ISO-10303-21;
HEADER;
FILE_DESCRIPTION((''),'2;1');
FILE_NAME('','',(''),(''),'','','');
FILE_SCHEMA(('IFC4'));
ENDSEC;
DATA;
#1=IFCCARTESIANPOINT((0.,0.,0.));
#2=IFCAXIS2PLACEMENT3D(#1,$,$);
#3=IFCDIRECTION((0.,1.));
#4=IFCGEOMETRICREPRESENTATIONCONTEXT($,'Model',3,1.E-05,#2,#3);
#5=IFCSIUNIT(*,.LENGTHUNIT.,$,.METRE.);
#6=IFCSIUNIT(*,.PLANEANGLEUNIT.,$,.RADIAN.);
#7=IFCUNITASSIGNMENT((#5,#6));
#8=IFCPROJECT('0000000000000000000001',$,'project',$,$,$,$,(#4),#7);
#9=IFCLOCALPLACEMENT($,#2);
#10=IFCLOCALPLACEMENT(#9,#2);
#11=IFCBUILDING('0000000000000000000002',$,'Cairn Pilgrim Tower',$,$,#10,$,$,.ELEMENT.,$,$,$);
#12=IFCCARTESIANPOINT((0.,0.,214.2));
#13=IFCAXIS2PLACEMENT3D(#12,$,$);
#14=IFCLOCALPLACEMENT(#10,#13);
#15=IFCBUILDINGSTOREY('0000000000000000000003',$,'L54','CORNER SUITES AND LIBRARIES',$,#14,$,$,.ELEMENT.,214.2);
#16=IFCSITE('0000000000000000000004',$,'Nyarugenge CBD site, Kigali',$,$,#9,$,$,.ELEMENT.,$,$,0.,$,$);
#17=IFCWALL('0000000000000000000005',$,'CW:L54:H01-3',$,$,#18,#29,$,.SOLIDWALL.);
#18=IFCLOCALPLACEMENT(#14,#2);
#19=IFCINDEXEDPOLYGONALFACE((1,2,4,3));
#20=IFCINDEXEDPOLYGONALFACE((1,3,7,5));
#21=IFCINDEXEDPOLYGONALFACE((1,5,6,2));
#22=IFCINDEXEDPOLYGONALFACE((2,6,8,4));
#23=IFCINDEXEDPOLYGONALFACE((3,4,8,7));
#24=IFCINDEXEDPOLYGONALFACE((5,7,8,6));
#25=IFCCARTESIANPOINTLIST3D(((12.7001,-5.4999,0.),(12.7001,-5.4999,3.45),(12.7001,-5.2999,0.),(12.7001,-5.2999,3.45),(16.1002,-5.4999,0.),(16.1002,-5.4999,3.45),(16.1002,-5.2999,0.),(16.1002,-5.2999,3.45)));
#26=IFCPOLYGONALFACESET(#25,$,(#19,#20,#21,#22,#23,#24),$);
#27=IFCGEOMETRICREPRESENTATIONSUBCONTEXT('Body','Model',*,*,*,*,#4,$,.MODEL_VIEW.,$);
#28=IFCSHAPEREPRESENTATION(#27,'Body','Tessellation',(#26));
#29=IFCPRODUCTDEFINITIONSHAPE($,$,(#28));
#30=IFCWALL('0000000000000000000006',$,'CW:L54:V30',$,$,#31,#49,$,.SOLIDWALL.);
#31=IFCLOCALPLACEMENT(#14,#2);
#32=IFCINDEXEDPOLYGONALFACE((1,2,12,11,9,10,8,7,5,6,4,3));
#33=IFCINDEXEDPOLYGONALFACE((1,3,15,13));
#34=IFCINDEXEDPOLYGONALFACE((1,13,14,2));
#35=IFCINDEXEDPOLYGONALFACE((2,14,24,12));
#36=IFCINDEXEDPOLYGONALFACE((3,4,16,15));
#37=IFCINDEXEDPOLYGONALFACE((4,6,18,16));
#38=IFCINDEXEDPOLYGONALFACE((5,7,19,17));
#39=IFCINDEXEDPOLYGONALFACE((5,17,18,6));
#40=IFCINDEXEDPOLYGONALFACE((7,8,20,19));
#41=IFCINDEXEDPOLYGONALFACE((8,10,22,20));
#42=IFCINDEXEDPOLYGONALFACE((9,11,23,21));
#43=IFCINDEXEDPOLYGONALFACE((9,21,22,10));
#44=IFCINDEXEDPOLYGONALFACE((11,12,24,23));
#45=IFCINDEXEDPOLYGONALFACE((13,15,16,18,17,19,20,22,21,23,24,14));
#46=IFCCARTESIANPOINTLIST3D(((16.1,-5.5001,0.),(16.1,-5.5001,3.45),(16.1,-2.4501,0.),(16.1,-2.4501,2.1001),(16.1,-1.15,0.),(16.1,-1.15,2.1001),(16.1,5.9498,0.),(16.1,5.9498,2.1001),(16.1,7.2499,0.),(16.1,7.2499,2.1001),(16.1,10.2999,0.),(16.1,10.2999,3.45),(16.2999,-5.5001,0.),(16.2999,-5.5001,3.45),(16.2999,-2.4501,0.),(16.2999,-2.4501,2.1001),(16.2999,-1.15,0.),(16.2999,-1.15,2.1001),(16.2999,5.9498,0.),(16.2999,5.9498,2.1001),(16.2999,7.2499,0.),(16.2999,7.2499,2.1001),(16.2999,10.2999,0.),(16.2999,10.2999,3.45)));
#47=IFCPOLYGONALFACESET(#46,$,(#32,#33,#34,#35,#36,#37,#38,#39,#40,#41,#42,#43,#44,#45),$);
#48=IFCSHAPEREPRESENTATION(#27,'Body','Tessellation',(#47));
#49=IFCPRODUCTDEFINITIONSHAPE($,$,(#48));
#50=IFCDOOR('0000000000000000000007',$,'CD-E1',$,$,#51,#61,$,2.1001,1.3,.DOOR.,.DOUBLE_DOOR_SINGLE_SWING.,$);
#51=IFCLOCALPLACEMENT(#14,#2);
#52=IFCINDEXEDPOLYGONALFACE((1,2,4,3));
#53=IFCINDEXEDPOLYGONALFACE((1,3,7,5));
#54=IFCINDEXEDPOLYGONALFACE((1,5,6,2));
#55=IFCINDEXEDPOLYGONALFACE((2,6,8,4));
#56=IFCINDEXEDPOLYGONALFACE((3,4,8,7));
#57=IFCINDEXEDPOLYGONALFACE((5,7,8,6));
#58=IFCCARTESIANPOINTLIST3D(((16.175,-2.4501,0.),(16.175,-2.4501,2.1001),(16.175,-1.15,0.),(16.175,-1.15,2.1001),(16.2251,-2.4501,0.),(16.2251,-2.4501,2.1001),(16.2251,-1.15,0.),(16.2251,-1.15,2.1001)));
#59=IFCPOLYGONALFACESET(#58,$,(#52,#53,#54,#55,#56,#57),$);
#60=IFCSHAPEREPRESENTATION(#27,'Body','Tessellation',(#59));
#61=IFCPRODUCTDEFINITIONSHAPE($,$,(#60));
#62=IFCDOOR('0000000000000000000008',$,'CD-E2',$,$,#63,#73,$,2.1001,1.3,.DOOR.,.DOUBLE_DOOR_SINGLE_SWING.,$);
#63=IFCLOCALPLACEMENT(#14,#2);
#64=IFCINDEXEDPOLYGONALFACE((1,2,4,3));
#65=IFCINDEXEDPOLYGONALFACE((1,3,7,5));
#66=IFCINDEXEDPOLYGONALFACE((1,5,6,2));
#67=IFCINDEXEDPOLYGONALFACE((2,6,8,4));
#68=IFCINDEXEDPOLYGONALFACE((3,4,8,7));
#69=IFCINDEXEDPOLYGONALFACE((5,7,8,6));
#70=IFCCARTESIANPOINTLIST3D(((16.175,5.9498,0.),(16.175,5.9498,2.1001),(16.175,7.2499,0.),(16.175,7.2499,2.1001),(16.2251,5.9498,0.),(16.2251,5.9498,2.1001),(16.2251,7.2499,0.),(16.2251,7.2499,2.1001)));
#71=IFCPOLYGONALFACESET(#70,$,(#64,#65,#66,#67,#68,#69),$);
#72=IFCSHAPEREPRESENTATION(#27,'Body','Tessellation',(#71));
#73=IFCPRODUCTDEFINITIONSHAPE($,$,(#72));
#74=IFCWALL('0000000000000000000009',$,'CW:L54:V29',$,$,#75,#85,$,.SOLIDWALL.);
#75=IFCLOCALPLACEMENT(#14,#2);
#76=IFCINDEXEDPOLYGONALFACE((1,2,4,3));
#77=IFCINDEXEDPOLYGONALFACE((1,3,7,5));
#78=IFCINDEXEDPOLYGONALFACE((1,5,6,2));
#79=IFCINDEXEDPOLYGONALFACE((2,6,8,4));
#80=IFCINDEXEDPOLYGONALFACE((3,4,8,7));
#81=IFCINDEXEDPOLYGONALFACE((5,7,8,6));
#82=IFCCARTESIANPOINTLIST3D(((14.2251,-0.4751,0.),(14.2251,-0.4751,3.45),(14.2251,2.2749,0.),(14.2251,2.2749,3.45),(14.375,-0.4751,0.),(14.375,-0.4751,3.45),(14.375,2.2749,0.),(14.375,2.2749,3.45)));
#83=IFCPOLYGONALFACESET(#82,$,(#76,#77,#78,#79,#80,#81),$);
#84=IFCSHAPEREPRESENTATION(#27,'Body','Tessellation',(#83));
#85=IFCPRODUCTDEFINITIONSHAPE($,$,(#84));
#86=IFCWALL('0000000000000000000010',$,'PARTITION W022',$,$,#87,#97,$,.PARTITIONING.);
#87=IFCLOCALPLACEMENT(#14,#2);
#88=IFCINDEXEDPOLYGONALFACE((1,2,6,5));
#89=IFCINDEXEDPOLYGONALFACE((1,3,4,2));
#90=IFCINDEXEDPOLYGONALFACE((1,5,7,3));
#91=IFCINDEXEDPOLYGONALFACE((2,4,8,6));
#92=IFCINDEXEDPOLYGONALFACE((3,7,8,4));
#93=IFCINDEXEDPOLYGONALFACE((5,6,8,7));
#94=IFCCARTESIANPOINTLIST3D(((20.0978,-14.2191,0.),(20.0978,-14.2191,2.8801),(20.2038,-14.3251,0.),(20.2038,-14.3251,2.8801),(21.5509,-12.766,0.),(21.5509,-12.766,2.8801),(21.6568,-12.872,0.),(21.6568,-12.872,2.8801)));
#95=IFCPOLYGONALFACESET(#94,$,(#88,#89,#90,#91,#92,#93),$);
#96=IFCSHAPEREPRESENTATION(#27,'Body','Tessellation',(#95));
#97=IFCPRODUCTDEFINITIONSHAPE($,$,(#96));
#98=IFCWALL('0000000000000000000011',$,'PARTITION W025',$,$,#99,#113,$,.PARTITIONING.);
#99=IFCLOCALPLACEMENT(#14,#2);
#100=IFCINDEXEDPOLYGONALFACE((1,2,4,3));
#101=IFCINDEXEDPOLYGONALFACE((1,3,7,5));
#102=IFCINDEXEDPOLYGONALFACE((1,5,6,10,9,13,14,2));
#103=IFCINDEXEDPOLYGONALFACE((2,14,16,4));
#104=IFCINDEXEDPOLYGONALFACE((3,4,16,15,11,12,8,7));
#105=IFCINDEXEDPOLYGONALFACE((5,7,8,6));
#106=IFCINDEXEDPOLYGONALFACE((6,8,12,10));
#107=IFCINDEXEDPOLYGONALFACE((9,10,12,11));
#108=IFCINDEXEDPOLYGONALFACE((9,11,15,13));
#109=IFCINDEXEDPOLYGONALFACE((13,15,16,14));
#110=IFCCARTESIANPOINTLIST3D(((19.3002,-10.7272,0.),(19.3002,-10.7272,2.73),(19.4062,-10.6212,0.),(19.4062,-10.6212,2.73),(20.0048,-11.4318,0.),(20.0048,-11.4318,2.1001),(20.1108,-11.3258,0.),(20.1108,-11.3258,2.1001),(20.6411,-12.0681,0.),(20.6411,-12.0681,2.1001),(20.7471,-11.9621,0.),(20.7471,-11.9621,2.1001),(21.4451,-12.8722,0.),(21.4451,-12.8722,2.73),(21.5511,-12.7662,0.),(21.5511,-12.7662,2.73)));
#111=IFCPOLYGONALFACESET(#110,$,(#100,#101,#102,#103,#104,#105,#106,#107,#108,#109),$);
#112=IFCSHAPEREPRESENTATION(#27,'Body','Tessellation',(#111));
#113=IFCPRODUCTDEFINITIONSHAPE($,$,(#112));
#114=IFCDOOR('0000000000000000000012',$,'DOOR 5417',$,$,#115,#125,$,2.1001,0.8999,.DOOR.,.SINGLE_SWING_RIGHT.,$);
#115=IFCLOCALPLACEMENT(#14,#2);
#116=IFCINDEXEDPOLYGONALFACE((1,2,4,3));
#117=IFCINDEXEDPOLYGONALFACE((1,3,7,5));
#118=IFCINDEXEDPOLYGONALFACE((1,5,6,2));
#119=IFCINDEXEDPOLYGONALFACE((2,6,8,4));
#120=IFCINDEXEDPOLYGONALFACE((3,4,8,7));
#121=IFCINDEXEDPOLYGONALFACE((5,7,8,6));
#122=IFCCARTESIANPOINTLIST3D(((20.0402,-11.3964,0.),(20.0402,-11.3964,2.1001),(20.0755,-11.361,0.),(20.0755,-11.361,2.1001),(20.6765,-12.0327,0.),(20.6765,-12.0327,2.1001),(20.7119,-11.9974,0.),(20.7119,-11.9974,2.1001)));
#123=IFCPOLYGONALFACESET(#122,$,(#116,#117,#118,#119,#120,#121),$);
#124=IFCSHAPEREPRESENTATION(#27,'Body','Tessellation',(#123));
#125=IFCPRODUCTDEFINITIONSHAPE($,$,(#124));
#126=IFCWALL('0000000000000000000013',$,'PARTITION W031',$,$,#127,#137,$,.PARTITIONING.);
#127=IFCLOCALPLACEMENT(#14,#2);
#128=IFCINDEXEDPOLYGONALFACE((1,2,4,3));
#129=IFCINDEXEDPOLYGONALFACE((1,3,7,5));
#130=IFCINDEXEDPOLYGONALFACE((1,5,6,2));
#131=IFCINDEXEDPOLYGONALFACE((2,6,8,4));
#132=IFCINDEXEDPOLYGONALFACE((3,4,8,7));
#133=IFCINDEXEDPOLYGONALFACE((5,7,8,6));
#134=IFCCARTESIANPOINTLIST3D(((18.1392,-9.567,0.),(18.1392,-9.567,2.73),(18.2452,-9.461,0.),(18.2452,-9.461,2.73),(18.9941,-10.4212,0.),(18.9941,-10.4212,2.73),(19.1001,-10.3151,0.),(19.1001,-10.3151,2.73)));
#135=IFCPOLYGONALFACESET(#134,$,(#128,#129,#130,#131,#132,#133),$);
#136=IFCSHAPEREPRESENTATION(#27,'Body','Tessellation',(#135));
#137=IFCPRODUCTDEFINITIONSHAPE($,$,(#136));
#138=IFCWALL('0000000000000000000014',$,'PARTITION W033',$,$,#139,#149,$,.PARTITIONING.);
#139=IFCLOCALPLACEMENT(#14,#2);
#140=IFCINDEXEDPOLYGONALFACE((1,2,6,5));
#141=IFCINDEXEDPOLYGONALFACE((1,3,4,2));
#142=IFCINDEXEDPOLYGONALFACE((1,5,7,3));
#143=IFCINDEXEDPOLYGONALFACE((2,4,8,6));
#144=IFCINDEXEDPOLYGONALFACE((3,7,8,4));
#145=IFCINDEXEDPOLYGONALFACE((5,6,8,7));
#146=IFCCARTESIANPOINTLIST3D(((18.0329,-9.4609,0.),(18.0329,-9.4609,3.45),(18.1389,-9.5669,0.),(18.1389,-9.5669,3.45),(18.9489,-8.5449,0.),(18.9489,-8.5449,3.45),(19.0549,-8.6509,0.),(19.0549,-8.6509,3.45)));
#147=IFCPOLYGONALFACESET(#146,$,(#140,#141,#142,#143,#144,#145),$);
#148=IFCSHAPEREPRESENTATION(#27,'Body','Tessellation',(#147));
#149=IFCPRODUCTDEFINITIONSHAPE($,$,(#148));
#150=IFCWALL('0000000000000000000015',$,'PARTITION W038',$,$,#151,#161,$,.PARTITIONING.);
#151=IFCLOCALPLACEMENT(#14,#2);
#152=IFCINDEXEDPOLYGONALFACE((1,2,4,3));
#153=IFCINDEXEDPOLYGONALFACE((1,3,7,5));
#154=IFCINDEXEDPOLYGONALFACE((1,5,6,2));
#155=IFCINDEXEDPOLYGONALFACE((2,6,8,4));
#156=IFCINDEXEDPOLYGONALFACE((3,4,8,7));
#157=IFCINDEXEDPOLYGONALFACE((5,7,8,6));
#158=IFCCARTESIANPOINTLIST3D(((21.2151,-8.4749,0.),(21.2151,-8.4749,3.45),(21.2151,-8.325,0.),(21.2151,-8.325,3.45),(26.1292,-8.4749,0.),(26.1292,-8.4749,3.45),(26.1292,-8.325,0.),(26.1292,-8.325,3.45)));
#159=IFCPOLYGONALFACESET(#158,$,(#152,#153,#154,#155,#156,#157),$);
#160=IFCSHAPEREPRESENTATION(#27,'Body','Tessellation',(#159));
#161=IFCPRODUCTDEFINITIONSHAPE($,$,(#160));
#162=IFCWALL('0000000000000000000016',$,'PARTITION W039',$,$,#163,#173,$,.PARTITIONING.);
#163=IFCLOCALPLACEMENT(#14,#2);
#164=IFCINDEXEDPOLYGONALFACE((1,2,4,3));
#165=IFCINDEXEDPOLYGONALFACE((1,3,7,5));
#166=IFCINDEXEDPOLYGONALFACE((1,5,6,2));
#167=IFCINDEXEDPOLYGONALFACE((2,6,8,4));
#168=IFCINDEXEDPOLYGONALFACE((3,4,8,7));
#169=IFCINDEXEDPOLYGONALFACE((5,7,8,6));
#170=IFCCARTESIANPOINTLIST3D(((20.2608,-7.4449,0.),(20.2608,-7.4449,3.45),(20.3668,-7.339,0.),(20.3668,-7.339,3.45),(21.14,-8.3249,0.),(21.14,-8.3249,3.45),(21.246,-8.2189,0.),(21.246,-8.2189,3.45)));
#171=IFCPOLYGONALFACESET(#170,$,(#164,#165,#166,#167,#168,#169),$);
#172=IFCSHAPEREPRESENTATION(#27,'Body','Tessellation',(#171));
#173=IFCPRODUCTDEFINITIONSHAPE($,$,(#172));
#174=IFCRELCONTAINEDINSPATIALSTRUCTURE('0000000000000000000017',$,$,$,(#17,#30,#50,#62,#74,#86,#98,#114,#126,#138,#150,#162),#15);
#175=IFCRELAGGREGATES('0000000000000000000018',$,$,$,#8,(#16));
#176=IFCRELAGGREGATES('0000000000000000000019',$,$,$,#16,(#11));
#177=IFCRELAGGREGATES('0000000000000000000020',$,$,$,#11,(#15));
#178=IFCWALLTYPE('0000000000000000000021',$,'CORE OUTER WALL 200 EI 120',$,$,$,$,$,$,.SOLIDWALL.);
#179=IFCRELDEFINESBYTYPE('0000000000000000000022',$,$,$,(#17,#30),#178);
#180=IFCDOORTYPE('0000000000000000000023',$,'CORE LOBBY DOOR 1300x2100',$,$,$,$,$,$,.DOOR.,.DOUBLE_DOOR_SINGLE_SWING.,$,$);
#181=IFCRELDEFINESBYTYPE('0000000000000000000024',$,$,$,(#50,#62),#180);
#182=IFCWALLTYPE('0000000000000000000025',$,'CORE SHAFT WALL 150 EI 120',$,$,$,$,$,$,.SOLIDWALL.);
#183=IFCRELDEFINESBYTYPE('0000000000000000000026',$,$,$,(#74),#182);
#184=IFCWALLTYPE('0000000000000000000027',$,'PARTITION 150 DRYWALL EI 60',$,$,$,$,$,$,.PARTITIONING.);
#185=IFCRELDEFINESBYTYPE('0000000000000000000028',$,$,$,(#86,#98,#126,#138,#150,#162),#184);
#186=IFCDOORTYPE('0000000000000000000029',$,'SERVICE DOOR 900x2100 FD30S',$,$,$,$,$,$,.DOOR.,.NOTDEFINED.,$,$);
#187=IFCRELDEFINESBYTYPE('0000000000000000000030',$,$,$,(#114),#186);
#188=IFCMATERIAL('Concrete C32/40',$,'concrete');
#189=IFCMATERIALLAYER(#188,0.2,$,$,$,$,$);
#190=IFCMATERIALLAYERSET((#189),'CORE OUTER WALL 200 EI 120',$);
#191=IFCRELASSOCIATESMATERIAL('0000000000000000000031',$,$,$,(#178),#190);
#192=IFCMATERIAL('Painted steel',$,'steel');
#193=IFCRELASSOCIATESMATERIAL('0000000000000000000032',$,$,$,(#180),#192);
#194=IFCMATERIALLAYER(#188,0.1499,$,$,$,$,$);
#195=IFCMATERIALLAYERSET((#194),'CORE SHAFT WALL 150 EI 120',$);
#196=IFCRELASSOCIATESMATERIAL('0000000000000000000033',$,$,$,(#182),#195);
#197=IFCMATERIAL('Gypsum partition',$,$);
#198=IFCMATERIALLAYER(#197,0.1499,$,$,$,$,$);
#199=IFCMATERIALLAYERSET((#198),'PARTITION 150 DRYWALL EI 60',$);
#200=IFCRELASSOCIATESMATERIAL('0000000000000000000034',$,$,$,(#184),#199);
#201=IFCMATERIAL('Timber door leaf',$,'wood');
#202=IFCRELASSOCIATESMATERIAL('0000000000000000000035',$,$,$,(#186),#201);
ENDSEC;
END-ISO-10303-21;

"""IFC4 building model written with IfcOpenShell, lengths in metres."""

from ifc_helpers import new_model, si_unit, direction, frame, frame_2d, origin, place, context, subcontext, project, spatial, rectangle, extrude, material, layer, layer_set, type_object, element, fill, save


model = new_model("IFC4")

# Units and contexts
model_context = context("Model", 3, precision=1e-05, world=origin(), true_north=direction((0.0, 1.0)))
body_context = subcontext(model_context, "Body", "Model", "MODEL_VIEW")
ifc_project = project(units=[si_unit("LENGTHUNIT", "METRE"), si_unit("PLANEANGLEUNIT", "RADIAN")], contexts=[model_context])

# Site, building, storey
site_placement = place(None, origin())
site = spatial("IfcSite", under=ifc_project, at=site_placement, Name="Nyarugenge CBD site, Kigali", CompositionType="ELEMENT", RefElevation=0.0)
building_placement = place(site_placement, origin())
building = spatial("IfcBuilding", under=site, at=building_placement, Name="Cairn Pilgrim Tower", CompositionType="ELEMENT")
storey_placement = place(building_placement, frame((0.0, 0.0, 214.2)))
storey = spatial("IfcBuildingStorey", under=building, at=storey_placement, Name="L54", Description="CORNER SUITES AND LIBRARIES", CompositionType="ELEMENT", Elevation=214.2)

# Wall
ifc_material_1 = material(Name="Concrete C32/40", Category="concrete")
ifc_layer_1 = layer(ifc_material_1, 0.2)
ifc_layer_set_1 = layer_set([ifc_layer_1], Name="CORE OUTER WALL 200 EI 120")
wall_type_1 = type_object("IfcWallType", Name="CORE OUTER WALL 200 EI 120", PredefinedType="SOLIDWALL", material=ifc_layer_set_1)
wall_1_placement = place(storey_placement, frame((12.7, -5.3999, 0.0), z_axis=(0.0, 0.0, 1.0), x_axis=(1.0, 0.0, 0.0)))
element("IfcWall", 1, at=wall_1_placement, inside=storey, type_object=wall_type_1, Name="CW:L54:H01-3", PredefinedType="SOLIDWALL", context=body_context, shape_type="SweptSolid", body=[
    extrude(rectangle(XDim=3.4001, YDim=0.2, at=frame_2d((1.7002, 0.0))), origin(), (0.0, 0.0, 1.0), 3.45),
])

# Wall, openings, doors
wall_2_placement = place(storey_placement, frame((16.2, -5.5, 0.0), z_axis=(0.0, 0.0, 1.0), x_axis=(0.0, 1.0, 0.0)))
wall_2 = element("IfcWall", 2, at=wall_2_placement, inside=storey, type_object=wall_type_1, Name="CW:L54:V30", PredefinedType="SOLIDWALL", context=body_context, shape_type="SweptSolid", body=[
    extrude(rectangle(XDim=15.8, YDim=0.2, at=frame_2d((7.8999, 0.0))), origin(), (0.0, 0.0, 1.0), 3.45),
])
opening_1_placement = place(wall_2_placement, frame((3.05, 0.0, 0.0)))
opening_1 = element("IfcOpeningElement", 3, at=opening_1_placement, cuts=wall_2, PredefinedType="OPENING", context=body_context, shape_type="SweptSolid", body=[
    extrude(rectangle(XDim=1.3, YDim=2.1001, at=frame_2d((0.6499, 1.05))), frame((0.0, 0.1099, 0.0), z_axis=(0.0, -1.0, 0.0), x_axis=(1.0, 0.0, 0.0)), (0.0, 0.0, 1.0), 0.22),
])
opening_2_placement = place(wall_2_placement, frame((11.45, 0.0, 0.0)))
opening_2 = element("IfcOpeningElement", 4, at=opening_2_placement, cuts=wall_2, PredefinedType="OPENING", context=body_context, shape_type="SweptSolid", body=[
    extrude(rectangle(XDim=1.3, YDim=2.1001, at=frame_2d((0.6499, 1.05))), frame((0.0, 0.1099, 0.0), z_axis=(0.0, -1.0, 0.0), x_axis=(1.0, 0.0, 0.0)), (0.0, 0.0, 1.0), 0.22),
])
ifc_material_2 = material(Name="Painted steel", Category="steel")
door_type_1 = type_object("IfcDoorType", Name="CORE LOBBY DOOR 1300x2100", OperationType="DOUBLE_DOOR_SINGLE_SWING", PredefinedType="DOOR", material=ifc_material_2)
door_1_placement = place(opening_1_placement, origin())
door_1 = element("IfcDoor", 5, at=door_1_placement, inside=storey, type_object=door_type_1, Name="CD-E1", OperationType="DOUBLE_DOOR_SINGLE_SWING", OverallHeight=2.1001, OverallWidth=1.3, PredefinedType="DOOR", context=body_context, shape_type="SweptSolid", body=[
    extrude(rectangle(XDim=1.3, YDim=2.1001, at=frame_2d((0.6499, 1.05))), frame((0.0, 0.0249, 0.0), z_axis=(0.0, -1.0, 0.0), x_axis=(1.0, 0.0, 0.0)), (0.0, 0.0, 1.0), 0.05),
])
fill(opening_1, door_1)
door_2_placement = place(opening_2_placement, origin())
door_2 = element("IfcDoor", 6, at=door_2_placement, inside=storey, type_object=door_type_1, Name="CD-E2", OperationType="DOUBLE_DOOR_SINGLE_SWING", OverallHeight=2.1001, OverallWidth=1.3, PredefinedType="DOOR", context=body_context, shape_type="SweptSolid", body=[
    extrude(rectangle(XDim=1.3, YDim=2.1001, at=frame_2d((0.6499, 1.05))), frame((0.0, 0.0249, 0.0), z_axis=(0.0, -1.0, 0.0), x_axis=(1.0, 0.0, 0.0)), (0.0, 0.0, 1.0), 0.05),
])
fill(opening_2, door_2)

# Walls
ifc_layer_2 = layer(ifc_material_1, 0.1499)
ifc_layer_set_2 = layer_set([ifc_layer_2], Name="CORE SHAFT WALL 150 EI 120")
wall_type_2 = type_object("IfcWallType", Name="CORE SHAFT WALL 150 EI 120", PredefinedType="SOLIDWALL", material=ifc_layer_set_2)
wall_3_placement = place(storey_placement, frame((14.3, -0.4751, 0.0), z_axis=(0.0, 0.0, 1.0), x_axis=(0.0, 1.0, 0.0)))
element("IfcWall", 7, at=wall_3_placement, inside=storey, type_object=wall_type_2, Name="CW:L54:V29", PredefinedType="SOLIDWALL", context=body_context, shape_type="SweptSolid", body=[
    extrude(rectangle(XDim=2.75, YDim=0.1499, at=frame_2d((1.375, 0.0))), origin(), (0.0, 0.0, 1.0), 3.45),
])
ifc_material_3 = material(Name="Gypsum partition")
ifc_layer_3 = layer(ifc_material_3, 0.1499)
ifc_layer_set_3 = layer_set([ifc_layer_3], Name="PARTITION 150 DRYWALL EI 60")
wall_type_3 = type_object("IfcWallType", Name="PARTITION 150 DRYWALL EI 60", PredefinedType="PARTITIONING", material=ifc_layer_set_3)
wall_4_placement = place(storey_placement, frame((20.1509, -14.272, 0.0), z_axis=(0.0, 0.0, 1.0), x_axis=(0.707107, 0.707107, 0.0)))
element("IfcWall", 8, at=wall_4_placement, inside=storey, type_object=wall_type_3, Name="PARTITION W022", PredefinedType="PARTITIONING", context=body_context, shape_type="SweptSolid", body=[
    extrude(rectangle(XDim=2.0549, YDim=0.1499, at=frame_2d((1.0273, 0.0))), origin(), (0.0, 0.0, 1.0), 2.8801),
])

# Wall, opening, door
wall_5_placement = place(storey_placement, frame((21.498, -12.8191, 0.0), z_axis=(0.0, 0.0, 1.0), x_axis=(-0.707107, 0.707107, 0.0)))
wall_5 = element("IfcWall", 9, at=wall_5_placement, inside=storey, type_object=wall_type_3, Name="PARTITION W025", PredefinedType="PARTITIONING", context=body_context, shape_type="SweptSolid", body=[
    extrude(rectangle(XDim=3.0334, YDim=0.1499, at=frame_2d((1.5166, 0.0))), origin(), (0.0, 0.0, 1.0), 2.73),
])
opening_3_placement = place(wall_5_placement, frame((1.137, 0.0, 0.0)))
opening_3 = element("IfcOpeningElement", 10, at=opening_3_placement, cuts=wall_5, PredefinedType="OPENING", context=body_context, shape_type="SweptSolid", body=[
    extrude(rectangle(XDim=0.8999, YDim=2.1001, at=frame_2d((0.45, 1.05))), frame((0.0, 0.085, 0.0), z_axis=(0.0, -1.0, 0.0), x_axis=(1.0, 0.0, 0.0)), (0.0, 0.0, 1.0), 0.1699),
])
ifc_material_4 = material(Name="Timber door leaf", Category="wood")
door_type_2 = type_object("IfcDoorType", Name="SERVICE DOOR 900x2100 FD30S", OperationType="NOTDEFINED", PredefinedType="DOOR", material=ifc_material_4)
door_3_placement = place(opening_3_placement, origin())
door_3 = element("IfcDoor", 11, at=door_3_placement, inside=storey, type_object=door_type_2, Name="DOOR 5417", OperationType="SINGLE_SWING_RIGHT", OverallHeight=2.1001, OverallWidth=0.8999, PredefinedType="DOOR", context=body_context, shape_type="SweptSolid", body=[
    extrude(rectangle(XDim=0.8999, YDim=2.1001, at=frame_2d((0.45, 1.05))), frame((0.0, 0.0249, 0.0), z_axis=(0.0, -1.0, 0.0), x_axis=(1.0, 0.0, 0.0)), (0.0, 0.0, 1.0), 0.05),
])
fill(opening_3, door_3)

# Walls
wall_6_placement = place(storey_placement, frame((19.0471, -10.3682, 0.0), z_axis=(0.0, 0.0, 1.0), x_axis=(-0.70741, 0.706804, 0.0)))
element("IfcWall", 12, at=wall_6_placement, inside=storey, type_object=wall_type_3, Name="PARTITION W031", PredefinedType="PARTITIONING", context=body_context, shape_type="SweptSolid", body=[
    extrude(rectangle(XDim=1.2085, YDim=0.1499, at=frame_2d((0.6042, 0.0))), origin(), (0.0, 0.0, 1.0), 2.73),
])
wall_7_placement = place(storey_placement, frame((18.0859, -9.5139, 0.0), z_axis=(0.0, 0.0, 1.0), x_axis=(0.707107, 0.707107, 0.0)))
element("IfcWall", 13, at=wall_7_placement, inside=storey, type_object=wall_type_3, Name="PARTITION W033", PredefinedType="PARTITIONING", context=body_context, shape_type="SweptSolid", body=[
    extrude(rectangle(XDim=1.2954, YDim=0.1499, at=frame_2d((0.6477, 0.0))), origin(), (0.0, 0.0, 1.0), 3.45),
])
wall_8_placement = place(storey_placement, frame((21.2151, -8.3999, 0.0), z_axis=(0.0, 0.0, 1.0), x_axis=(1.0, 0.0, 0.0)))
element("IfcWall", 14, at=wall_8_placement, inside=storey, type_object=wall_type_3, Name="PARTITION W038", PredefinedType="PARTITIONING", context=body_context, shape_type="SweptSolid", body=[
    extrude(rectangle(XDim=4.9141, YDim=0.1499, at=frame_2d((2.457, 0.0))), origin(), (0.0, 0.0, 1.0), 3.45),
])
wall_9_placement = place(storey_placement, frame((21.1931, -8.272, 0.0), z_axis=(0.0, 0.0, 1.0), x_axis=(-0.706812, 0.707401, 0.0)))
element("IfcWall", 15, at=wall_9_placement, inside=storey, type_object=wall_type_3, Name="PARTITION W039", PredefinedType="PARTITIONING", context=body_context, shape_type="SweptSolid", body=[
    extrude(rectangle(XDim=1.2439, YDim=0.1499, at=frame_2d((0.6221, 0.0))), origin(), (0.0, 0.0, 1.0), 3.45),
])

save(model, "model.ifc")
